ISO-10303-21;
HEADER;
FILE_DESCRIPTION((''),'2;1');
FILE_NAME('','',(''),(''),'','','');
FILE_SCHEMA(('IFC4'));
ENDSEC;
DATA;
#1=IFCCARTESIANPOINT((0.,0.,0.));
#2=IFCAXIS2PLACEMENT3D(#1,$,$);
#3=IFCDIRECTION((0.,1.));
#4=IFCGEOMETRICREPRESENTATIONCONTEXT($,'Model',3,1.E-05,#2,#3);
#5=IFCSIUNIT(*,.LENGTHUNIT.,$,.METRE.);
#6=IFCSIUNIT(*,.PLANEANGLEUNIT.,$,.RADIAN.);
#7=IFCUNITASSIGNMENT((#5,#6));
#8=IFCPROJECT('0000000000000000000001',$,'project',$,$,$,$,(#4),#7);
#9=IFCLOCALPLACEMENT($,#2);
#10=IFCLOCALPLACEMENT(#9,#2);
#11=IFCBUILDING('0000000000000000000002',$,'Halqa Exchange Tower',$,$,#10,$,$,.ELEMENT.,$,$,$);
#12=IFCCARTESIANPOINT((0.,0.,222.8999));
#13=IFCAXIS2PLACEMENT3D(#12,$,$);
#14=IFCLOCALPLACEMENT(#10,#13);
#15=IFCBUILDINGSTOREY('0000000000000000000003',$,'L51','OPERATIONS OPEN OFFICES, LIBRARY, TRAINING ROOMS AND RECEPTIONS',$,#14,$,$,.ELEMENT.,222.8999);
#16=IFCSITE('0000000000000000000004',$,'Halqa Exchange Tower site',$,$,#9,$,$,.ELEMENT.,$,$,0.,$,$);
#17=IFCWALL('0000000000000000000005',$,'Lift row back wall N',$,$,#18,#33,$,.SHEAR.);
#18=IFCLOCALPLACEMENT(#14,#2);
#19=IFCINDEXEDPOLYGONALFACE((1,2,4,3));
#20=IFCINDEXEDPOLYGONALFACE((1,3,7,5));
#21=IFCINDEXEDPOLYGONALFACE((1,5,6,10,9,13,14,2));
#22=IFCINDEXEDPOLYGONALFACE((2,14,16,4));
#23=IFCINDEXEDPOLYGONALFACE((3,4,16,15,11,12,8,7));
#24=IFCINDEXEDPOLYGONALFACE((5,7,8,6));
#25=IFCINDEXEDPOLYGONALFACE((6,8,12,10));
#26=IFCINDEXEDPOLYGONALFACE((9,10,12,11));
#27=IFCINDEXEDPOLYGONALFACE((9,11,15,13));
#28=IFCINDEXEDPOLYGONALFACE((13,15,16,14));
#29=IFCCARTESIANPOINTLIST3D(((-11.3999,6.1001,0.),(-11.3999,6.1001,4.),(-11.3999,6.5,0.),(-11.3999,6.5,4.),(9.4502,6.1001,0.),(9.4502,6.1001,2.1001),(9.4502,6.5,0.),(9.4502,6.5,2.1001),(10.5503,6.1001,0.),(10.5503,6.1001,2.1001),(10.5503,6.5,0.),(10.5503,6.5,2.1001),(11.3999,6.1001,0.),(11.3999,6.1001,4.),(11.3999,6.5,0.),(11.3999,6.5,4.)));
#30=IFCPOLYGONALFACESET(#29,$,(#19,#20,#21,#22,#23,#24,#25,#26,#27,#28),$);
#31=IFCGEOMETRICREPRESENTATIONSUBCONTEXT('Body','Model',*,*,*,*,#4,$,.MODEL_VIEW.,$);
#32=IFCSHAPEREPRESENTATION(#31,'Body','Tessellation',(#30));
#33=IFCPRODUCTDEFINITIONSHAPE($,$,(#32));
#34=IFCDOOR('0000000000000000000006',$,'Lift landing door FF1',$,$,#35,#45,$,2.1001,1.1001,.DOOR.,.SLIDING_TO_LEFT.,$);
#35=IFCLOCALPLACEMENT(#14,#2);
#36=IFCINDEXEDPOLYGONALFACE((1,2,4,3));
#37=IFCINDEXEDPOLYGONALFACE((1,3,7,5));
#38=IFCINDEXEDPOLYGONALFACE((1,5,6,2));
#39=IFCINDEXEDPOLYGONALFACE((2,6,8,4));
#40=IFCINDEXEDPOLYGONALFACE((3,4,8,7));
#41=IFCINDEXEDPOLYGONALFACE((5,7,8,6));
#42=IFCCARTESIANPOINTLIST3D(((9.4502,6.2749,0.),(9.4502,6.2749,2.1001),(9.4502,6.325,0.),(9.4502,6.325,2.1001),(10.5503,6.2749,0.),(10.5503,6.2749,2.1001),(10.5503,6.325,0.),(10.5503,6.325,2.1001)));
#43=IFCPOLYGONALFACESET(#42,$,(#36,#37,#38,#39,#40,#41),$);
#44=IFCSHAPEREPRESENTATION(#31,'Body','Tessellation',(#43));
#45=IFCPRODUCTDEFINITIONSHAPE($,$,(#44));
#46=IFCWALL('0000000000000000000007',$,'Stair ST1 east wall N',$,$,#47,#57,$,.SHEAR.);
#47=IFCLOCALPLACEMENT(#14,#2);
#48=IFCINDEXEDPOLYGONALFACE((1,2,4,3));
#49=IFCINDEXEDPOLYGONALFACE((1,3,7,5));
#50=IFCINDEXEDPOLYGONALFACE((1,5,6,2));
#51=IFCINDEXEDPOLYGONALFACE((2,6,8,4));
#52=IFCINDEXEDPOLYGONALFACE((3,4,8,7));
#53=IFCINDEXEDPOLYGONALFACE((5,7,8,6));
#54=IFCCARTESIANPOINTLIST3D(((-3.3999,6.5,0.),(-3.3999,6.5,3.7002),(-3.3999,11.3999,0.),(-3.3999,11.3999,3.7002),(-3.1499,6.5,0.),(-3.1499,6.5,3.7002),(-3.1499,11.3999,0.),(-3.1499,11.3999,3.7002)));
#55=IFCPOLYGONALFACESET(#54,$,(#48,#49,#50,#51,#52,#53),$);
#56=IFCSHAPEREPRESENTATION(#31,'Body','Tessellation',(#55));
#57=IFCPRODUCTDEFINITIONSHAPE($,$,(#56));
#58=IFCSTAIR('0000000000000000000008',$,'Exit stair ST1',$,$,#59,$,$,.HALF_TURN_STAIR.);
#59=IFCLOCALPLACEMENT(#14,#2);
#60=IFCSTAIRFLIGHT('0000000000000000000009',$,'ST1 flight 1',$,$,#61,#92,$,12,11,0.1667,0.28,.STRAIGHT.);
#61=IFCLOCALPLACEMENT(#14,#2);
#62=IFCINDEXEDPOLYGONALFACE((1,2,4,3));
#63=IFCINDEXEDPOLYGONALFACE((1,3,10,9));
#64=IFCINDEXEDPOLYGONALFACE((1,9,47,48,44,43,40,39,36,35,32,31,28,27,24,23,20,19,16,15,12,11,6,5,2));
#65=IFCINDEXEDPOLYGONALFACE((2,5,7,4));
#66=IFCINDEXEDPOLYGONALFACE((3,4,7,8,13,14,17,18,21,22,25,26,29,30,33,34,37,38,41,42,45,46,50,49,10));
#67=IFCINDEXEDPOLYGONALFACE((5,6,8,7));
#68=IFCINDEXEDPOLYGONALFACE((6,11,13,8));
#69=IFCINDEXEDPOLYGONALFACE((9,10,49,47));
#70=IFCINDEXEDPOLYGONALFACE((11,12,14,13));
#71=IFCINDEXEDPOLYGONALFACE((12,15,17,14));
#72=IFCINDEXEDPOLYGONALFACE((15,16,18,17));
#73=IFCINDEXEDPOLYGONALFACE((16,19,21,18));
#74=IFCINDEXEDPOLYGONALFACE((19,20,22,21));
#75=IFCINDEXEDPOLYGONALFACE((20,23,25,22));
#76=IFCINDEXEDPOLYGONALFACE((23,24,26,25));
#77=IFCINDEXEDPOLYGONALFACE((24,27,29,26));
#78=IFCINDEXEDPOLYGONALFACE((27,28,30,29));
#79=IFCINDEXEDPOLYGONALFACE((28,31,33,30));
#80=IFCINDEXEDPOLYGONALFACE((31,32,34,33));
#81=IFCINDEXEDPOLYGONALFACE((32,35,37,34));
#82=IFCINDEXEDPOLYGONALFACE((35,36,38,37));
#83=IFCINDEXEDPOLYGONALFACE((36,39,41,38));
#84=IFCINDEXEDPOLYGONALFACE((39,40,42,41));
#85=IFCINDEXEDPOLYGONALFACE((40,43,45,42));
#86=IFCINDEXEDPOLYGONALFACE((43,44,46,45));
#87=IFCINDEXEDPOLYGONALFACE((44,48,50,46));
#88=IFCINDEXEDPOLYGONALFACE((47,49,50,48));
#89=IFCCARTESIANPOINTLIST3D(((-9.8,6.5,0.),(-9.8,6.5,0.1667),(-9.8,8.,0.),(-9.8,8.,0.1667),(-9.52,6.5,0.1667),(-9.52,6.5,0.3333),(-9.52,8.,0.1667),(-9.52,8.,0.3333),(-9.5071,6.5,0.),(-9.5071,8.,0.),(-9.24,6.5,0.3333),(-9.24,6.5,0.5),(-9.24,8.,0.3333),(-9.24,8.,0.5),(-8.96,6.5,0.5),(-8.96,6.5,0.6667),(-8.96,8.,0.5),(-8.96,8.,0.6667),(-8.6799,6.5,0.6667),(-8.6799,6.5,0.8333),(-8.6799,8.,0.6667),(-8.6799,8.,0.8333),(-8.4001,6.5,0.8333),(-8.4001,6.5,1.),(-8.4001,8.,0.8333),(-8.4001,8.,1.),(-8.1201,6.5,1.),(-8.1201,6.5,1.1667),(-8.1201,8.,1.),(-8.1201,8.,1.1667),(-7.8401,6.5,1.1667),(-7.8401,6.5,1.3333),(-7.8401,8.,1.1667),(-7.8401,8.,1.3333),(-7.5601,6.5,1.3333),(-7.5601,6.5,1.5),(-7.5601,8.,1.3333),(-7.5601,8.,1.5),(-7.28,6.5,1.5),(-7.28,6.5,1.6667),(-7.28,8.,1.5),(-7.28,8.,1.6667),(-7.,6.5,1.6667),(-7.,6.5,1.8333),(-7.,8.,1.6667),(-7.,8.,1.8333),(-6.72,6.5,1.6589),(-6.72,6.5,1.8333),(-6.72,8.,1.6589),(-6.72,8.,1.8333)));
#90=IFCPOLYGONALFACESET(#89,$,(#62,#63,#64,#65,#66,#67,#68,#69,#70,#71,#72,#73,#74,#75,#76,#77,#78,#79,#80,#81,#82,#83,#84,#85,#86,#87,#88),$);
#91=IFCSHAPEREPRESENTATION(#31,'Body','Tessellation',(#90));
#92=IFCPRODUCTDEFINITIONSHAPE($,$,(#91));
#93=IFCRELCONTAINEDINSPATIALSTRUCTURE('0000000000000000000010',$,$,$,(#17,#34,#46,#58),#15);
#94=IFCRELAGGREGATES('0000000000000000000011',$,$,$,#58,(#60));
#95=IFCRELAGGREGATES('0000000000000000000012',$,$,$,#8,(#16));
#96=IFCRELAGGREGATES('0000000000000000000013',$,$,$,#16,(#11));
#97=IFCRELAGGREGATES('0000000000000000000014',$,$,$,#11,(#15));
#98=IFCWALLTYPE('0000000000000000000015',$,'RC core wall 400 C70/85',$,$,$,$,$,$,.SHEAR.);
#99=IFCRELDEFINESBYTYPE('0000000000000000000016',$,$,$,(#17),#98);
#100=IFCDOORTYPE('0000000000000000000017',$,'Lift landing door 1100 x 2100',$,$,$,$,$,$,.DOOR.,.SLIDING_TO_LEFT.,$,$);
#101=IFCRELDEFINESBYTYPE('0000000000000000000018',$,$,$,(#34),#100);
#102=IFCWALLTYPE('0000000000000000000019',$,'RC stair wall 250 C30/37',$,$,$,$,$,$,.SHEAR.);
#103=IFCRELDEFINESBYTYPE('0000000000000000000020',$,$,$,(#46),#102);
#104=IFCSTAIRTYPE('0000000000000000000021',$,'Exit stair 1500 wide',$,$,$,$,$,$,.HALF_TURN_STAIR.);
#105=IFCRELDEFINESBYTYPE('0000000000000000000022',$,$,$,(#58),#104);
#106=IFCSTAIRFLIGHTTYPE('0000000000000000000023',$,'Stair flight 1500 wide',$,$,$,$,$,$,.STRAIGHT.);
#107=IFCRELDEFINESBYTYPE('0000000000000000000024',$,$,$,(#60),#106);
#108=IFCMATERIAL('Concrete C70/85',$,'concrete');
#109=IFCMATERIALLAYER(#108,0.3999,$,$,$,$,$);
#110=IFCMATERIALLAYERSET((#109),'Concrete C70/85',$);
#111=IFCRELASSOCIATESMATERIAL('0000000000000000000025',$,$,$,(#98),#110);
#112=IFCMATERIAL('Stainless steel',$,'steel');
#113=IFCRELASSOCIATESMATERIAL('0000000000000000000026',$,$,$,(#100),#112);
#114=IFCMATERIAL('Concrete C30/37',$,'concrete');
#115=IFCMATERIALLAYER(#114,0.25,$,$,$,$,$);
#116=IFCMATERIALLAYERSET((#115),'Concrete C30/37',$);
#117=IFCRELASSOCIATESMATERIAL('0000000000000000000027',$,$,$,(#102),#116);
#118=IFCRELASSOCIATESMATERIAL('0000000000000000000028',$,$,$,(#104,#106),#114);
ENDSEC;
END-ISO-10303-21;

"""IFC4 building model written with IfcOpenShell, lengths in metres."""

from ifc_helpers import new_model, si_unit, direction, frame, frame_2d, origin, place, context, subcontext, project, spatial, polyline, rectangle, outline, extrude, material, layer, layer_set, type_object, element, fill, aggregate, save


model = new_model("IFC4")

# Units and contexts
model_context = context("Model", 3, precision=1e-05, world=origin(), true_north=direction((0.0, 1.0)))
body_context = subcontext(model_context, "Body", "Model", "MODEL_VIEW")
ifc_project = project(units=[si_unit("LENGTHUNIT", "METRE"), si_unit("PLANEANGLEUNIT", "RADIAN")], contexts=[model_context])

# Site, building, storey
site_placement = place(None, origin())
site = spatial("IfcSite", under=ifc_project, at=site_placement, Name="Halqa Exchange Tower site", CompositionType="ELEMENT", RefElevation=0.0)
building_placement = place(site_placement, origin())
building = spatial("IfcBuilding", under=site, at=building_placement, Name="Halqa Exchange Tower", CompositionType="ELEMENT")
storey_placement = place(building_placement, frame((0.0, 0.0, 222.8999)))
storey = spatial("IfcBuildingStorey", under=building, at=storey_placement, Name="L51", Description="OPERATIONS OPEN OFFICES, LIBRARY, TRAINING ROOMS AND RECEPTIONS", CompositionType="ELEMENT", Elevation=222.8999)

# Shared definitions
ifc_material_1 = material(Name="Concrete C70/85", Category="concrete")
ifc_layer_1 = layer(ifc_material_1, 0.3999)
ifc_layer_set_1 = layer_set([ifc_layer_1], Name="Concrete C70/85")
wall_type_1 = type_object("IfcWallType", Name="RC core wall 400 C70/85", PredefinedType="SHEAR", material=ifc_layer_set_1)
ifc_material_2 = material(Name="Stainless steel", Category="steel")
door_type_1 = type_object("IfcDoorType", Name="Lift landing door 1100 x 2100", OperationType="SLIDING_TO_LEFT", PredefinedType="DOOR", material=ifc_material_2)

# Wall, opening, door
wall_1_placement = place(storey_placement, frame((-11.3999, 6.3, 0.0), z_axis=(0.0, 0.0, 1.0), x_axis=(1.0, 0.0, 0.0)))
wall_1 = element("IfcWall", 1, at=wall_1_placement, inside=storey, type_object=wall_type_1, Name="Lift row back wall N", PredefinedType="SHEAR", context=body_context, shape_type="SweptSolid", body=[
    extrude(rectangle(XDim=22.7998, YDim=0.3999, at=frame_2d((11.3999, 0.0))), origin(), (0.0, 0.0, 1.0), 4.0),
])
opening_1_placement = place(wall_1_placement, frame((20.8501, 0.0, 0.0)))
opening_1 = element("IfcOpeningElement", 2, at=opening_1_placement, cuts=wall_1, PredefinedType="OPENING", context=body_context, shape_type="SweptSolid", body=[
    extrude(rectangle(XDim=1.1001, YDim=2.1001, at=frame_2d((0.55, 1.05))), frame((0.0, 0.2119, 0.0), z_axis=(0.0, -1.0, 0.0), x_axis=(1.0, 0.0, 0.0)), (0.0, 0.0, 1.0), 0.4238),
])
door_1_placement = place(opening_1_placement, origin())
door_1 = element("IfcDoor", 3, at=door_1_placement, inside=storey, type_object=door_type_1, Name="Lift landing door FF1", OperationType="SLIDING_TO_LEFT", OverallHeight=2.1001, OverallWidth=1.1001, PredefinedType="DOOR", context=body_context, shape_type="SweptSolid", body=[
    extrude(rectangle(XDim=1.1001, YDim=2.1001, at=frame_2d((0.55, 1.05))), frame((0.0, 0.0249, 0.0), z_axis=(0.0, -1.0, 0.0), x_axis=(1.0, 0.0, 0.0)), (0.0, 0.0, 1.0), 0.05),
])
fill(opening_1, door_1)

# Wall
ifc_material_3 = material(Name="Concrete C30/37", Category="concrete")
ifc_layer_2 = layer(ifc_material_3, 0.25)
ifc_layer_set_2 = layer_set([ifc_layer_2], Name="Concrete C30/37")
wall_type_2 = type_object("IfcWallType", Name="RC stair wall 250 C30/37", PredefinedType="SHEAR", material=ifc_layer_set_2)
wall_2_placement = place(storey_placement, frame((-3.2749, 6.5, 0.0), z_axis=(0.0, 0.0, 1.0), x_axis=(0.0, 1.0, 0.0)))
element("IfcWall", 4, at=wall_2_placement, inside=storey, type_object=wall_type_2, Name="Stair ST1 east wall N", PredefinedType="SHEAR", context=body_context, shape_type="SweptSolid", body=[
    extrude(rectangle(XDim=4.8999, YDim=0.25, at=frame_2d((2.45, 0.0))), origin(), (0.0, 0.0, 1.0), 3.7002),
])

# Stair, stair flight
stair_type = type_object("IfcStairType", Name="Exit stair 1500 wide", PredefinedType="HALF_TURN_STAIR", material=ifc_material_3)
stair_placement = place(storey_placement, origin())
stair = element("IfcStair", 5, at=stair_placement, inside=storey, type_object=stair_type, Name="Exit stair ST1", PredefinedType="HALF_TURN_STAIR")
stair_flight_type = type_object("IfcStairFlightType", Name="Stair flight 1500 wide", PredefinedType="STRAIGHT", material=ifc_material_3)
stair_flight_placement = place(storey_placement, frame((-9.8, 7.25, 0.0), z_axis=(0.0, 0.0, 1.0), x_axis=(1.0, 0.0, 0.0)))
stair_flight = element("IfcStairFlight", 6, at=stair_flight_placement, type_object=stair_flight_type, Name="ST1 flight 1", NumberOfRisers=12, NumberOfTreads=11, PredefinedType="STRAIGHT", RiserHeight=0.1667, TreadLength=0.28, context=body_context, shape_type="SweptSolid", body=[
    extrude(outline(polyline([(0.0, 0.0), (0.0, 0.1667), (0.28, 0.1667), (0.28, 0.3333), (0.5601, 0.3333), (0.5601, 0.5), (0.8401, 0.5), (0.8401, 0.6667), (1.1201, 0.6667), (1.1201, 0.8333), (1.3999, 0.8333), (1.3999, 1.0), (1.6799, 1.0), (1.6799, 1.1667), (1.96, 1.1667), (1.96, 1.3333), (2.24, 1.3333), (2.24, 1.5), (2.52, 1.5), (2.52, 1.6667), (2.8, 1.6667), (2.8, 1.8333), (3.0801, 1.8333), (3.0801, 2.0), (3.0801, 1.6589), (0.293, 0.0), (0.0, 0.0)])), frame((0.0, 0.75, 0.0), z_axis=(0.0, -1.0, 0.0), x_axis=(1.0, 0.0, 0.0)), (0.0, 0.0, 1.0), 1.5),
])
aggregate(stair, [stair_flight])

save(model, "model.ifc")
